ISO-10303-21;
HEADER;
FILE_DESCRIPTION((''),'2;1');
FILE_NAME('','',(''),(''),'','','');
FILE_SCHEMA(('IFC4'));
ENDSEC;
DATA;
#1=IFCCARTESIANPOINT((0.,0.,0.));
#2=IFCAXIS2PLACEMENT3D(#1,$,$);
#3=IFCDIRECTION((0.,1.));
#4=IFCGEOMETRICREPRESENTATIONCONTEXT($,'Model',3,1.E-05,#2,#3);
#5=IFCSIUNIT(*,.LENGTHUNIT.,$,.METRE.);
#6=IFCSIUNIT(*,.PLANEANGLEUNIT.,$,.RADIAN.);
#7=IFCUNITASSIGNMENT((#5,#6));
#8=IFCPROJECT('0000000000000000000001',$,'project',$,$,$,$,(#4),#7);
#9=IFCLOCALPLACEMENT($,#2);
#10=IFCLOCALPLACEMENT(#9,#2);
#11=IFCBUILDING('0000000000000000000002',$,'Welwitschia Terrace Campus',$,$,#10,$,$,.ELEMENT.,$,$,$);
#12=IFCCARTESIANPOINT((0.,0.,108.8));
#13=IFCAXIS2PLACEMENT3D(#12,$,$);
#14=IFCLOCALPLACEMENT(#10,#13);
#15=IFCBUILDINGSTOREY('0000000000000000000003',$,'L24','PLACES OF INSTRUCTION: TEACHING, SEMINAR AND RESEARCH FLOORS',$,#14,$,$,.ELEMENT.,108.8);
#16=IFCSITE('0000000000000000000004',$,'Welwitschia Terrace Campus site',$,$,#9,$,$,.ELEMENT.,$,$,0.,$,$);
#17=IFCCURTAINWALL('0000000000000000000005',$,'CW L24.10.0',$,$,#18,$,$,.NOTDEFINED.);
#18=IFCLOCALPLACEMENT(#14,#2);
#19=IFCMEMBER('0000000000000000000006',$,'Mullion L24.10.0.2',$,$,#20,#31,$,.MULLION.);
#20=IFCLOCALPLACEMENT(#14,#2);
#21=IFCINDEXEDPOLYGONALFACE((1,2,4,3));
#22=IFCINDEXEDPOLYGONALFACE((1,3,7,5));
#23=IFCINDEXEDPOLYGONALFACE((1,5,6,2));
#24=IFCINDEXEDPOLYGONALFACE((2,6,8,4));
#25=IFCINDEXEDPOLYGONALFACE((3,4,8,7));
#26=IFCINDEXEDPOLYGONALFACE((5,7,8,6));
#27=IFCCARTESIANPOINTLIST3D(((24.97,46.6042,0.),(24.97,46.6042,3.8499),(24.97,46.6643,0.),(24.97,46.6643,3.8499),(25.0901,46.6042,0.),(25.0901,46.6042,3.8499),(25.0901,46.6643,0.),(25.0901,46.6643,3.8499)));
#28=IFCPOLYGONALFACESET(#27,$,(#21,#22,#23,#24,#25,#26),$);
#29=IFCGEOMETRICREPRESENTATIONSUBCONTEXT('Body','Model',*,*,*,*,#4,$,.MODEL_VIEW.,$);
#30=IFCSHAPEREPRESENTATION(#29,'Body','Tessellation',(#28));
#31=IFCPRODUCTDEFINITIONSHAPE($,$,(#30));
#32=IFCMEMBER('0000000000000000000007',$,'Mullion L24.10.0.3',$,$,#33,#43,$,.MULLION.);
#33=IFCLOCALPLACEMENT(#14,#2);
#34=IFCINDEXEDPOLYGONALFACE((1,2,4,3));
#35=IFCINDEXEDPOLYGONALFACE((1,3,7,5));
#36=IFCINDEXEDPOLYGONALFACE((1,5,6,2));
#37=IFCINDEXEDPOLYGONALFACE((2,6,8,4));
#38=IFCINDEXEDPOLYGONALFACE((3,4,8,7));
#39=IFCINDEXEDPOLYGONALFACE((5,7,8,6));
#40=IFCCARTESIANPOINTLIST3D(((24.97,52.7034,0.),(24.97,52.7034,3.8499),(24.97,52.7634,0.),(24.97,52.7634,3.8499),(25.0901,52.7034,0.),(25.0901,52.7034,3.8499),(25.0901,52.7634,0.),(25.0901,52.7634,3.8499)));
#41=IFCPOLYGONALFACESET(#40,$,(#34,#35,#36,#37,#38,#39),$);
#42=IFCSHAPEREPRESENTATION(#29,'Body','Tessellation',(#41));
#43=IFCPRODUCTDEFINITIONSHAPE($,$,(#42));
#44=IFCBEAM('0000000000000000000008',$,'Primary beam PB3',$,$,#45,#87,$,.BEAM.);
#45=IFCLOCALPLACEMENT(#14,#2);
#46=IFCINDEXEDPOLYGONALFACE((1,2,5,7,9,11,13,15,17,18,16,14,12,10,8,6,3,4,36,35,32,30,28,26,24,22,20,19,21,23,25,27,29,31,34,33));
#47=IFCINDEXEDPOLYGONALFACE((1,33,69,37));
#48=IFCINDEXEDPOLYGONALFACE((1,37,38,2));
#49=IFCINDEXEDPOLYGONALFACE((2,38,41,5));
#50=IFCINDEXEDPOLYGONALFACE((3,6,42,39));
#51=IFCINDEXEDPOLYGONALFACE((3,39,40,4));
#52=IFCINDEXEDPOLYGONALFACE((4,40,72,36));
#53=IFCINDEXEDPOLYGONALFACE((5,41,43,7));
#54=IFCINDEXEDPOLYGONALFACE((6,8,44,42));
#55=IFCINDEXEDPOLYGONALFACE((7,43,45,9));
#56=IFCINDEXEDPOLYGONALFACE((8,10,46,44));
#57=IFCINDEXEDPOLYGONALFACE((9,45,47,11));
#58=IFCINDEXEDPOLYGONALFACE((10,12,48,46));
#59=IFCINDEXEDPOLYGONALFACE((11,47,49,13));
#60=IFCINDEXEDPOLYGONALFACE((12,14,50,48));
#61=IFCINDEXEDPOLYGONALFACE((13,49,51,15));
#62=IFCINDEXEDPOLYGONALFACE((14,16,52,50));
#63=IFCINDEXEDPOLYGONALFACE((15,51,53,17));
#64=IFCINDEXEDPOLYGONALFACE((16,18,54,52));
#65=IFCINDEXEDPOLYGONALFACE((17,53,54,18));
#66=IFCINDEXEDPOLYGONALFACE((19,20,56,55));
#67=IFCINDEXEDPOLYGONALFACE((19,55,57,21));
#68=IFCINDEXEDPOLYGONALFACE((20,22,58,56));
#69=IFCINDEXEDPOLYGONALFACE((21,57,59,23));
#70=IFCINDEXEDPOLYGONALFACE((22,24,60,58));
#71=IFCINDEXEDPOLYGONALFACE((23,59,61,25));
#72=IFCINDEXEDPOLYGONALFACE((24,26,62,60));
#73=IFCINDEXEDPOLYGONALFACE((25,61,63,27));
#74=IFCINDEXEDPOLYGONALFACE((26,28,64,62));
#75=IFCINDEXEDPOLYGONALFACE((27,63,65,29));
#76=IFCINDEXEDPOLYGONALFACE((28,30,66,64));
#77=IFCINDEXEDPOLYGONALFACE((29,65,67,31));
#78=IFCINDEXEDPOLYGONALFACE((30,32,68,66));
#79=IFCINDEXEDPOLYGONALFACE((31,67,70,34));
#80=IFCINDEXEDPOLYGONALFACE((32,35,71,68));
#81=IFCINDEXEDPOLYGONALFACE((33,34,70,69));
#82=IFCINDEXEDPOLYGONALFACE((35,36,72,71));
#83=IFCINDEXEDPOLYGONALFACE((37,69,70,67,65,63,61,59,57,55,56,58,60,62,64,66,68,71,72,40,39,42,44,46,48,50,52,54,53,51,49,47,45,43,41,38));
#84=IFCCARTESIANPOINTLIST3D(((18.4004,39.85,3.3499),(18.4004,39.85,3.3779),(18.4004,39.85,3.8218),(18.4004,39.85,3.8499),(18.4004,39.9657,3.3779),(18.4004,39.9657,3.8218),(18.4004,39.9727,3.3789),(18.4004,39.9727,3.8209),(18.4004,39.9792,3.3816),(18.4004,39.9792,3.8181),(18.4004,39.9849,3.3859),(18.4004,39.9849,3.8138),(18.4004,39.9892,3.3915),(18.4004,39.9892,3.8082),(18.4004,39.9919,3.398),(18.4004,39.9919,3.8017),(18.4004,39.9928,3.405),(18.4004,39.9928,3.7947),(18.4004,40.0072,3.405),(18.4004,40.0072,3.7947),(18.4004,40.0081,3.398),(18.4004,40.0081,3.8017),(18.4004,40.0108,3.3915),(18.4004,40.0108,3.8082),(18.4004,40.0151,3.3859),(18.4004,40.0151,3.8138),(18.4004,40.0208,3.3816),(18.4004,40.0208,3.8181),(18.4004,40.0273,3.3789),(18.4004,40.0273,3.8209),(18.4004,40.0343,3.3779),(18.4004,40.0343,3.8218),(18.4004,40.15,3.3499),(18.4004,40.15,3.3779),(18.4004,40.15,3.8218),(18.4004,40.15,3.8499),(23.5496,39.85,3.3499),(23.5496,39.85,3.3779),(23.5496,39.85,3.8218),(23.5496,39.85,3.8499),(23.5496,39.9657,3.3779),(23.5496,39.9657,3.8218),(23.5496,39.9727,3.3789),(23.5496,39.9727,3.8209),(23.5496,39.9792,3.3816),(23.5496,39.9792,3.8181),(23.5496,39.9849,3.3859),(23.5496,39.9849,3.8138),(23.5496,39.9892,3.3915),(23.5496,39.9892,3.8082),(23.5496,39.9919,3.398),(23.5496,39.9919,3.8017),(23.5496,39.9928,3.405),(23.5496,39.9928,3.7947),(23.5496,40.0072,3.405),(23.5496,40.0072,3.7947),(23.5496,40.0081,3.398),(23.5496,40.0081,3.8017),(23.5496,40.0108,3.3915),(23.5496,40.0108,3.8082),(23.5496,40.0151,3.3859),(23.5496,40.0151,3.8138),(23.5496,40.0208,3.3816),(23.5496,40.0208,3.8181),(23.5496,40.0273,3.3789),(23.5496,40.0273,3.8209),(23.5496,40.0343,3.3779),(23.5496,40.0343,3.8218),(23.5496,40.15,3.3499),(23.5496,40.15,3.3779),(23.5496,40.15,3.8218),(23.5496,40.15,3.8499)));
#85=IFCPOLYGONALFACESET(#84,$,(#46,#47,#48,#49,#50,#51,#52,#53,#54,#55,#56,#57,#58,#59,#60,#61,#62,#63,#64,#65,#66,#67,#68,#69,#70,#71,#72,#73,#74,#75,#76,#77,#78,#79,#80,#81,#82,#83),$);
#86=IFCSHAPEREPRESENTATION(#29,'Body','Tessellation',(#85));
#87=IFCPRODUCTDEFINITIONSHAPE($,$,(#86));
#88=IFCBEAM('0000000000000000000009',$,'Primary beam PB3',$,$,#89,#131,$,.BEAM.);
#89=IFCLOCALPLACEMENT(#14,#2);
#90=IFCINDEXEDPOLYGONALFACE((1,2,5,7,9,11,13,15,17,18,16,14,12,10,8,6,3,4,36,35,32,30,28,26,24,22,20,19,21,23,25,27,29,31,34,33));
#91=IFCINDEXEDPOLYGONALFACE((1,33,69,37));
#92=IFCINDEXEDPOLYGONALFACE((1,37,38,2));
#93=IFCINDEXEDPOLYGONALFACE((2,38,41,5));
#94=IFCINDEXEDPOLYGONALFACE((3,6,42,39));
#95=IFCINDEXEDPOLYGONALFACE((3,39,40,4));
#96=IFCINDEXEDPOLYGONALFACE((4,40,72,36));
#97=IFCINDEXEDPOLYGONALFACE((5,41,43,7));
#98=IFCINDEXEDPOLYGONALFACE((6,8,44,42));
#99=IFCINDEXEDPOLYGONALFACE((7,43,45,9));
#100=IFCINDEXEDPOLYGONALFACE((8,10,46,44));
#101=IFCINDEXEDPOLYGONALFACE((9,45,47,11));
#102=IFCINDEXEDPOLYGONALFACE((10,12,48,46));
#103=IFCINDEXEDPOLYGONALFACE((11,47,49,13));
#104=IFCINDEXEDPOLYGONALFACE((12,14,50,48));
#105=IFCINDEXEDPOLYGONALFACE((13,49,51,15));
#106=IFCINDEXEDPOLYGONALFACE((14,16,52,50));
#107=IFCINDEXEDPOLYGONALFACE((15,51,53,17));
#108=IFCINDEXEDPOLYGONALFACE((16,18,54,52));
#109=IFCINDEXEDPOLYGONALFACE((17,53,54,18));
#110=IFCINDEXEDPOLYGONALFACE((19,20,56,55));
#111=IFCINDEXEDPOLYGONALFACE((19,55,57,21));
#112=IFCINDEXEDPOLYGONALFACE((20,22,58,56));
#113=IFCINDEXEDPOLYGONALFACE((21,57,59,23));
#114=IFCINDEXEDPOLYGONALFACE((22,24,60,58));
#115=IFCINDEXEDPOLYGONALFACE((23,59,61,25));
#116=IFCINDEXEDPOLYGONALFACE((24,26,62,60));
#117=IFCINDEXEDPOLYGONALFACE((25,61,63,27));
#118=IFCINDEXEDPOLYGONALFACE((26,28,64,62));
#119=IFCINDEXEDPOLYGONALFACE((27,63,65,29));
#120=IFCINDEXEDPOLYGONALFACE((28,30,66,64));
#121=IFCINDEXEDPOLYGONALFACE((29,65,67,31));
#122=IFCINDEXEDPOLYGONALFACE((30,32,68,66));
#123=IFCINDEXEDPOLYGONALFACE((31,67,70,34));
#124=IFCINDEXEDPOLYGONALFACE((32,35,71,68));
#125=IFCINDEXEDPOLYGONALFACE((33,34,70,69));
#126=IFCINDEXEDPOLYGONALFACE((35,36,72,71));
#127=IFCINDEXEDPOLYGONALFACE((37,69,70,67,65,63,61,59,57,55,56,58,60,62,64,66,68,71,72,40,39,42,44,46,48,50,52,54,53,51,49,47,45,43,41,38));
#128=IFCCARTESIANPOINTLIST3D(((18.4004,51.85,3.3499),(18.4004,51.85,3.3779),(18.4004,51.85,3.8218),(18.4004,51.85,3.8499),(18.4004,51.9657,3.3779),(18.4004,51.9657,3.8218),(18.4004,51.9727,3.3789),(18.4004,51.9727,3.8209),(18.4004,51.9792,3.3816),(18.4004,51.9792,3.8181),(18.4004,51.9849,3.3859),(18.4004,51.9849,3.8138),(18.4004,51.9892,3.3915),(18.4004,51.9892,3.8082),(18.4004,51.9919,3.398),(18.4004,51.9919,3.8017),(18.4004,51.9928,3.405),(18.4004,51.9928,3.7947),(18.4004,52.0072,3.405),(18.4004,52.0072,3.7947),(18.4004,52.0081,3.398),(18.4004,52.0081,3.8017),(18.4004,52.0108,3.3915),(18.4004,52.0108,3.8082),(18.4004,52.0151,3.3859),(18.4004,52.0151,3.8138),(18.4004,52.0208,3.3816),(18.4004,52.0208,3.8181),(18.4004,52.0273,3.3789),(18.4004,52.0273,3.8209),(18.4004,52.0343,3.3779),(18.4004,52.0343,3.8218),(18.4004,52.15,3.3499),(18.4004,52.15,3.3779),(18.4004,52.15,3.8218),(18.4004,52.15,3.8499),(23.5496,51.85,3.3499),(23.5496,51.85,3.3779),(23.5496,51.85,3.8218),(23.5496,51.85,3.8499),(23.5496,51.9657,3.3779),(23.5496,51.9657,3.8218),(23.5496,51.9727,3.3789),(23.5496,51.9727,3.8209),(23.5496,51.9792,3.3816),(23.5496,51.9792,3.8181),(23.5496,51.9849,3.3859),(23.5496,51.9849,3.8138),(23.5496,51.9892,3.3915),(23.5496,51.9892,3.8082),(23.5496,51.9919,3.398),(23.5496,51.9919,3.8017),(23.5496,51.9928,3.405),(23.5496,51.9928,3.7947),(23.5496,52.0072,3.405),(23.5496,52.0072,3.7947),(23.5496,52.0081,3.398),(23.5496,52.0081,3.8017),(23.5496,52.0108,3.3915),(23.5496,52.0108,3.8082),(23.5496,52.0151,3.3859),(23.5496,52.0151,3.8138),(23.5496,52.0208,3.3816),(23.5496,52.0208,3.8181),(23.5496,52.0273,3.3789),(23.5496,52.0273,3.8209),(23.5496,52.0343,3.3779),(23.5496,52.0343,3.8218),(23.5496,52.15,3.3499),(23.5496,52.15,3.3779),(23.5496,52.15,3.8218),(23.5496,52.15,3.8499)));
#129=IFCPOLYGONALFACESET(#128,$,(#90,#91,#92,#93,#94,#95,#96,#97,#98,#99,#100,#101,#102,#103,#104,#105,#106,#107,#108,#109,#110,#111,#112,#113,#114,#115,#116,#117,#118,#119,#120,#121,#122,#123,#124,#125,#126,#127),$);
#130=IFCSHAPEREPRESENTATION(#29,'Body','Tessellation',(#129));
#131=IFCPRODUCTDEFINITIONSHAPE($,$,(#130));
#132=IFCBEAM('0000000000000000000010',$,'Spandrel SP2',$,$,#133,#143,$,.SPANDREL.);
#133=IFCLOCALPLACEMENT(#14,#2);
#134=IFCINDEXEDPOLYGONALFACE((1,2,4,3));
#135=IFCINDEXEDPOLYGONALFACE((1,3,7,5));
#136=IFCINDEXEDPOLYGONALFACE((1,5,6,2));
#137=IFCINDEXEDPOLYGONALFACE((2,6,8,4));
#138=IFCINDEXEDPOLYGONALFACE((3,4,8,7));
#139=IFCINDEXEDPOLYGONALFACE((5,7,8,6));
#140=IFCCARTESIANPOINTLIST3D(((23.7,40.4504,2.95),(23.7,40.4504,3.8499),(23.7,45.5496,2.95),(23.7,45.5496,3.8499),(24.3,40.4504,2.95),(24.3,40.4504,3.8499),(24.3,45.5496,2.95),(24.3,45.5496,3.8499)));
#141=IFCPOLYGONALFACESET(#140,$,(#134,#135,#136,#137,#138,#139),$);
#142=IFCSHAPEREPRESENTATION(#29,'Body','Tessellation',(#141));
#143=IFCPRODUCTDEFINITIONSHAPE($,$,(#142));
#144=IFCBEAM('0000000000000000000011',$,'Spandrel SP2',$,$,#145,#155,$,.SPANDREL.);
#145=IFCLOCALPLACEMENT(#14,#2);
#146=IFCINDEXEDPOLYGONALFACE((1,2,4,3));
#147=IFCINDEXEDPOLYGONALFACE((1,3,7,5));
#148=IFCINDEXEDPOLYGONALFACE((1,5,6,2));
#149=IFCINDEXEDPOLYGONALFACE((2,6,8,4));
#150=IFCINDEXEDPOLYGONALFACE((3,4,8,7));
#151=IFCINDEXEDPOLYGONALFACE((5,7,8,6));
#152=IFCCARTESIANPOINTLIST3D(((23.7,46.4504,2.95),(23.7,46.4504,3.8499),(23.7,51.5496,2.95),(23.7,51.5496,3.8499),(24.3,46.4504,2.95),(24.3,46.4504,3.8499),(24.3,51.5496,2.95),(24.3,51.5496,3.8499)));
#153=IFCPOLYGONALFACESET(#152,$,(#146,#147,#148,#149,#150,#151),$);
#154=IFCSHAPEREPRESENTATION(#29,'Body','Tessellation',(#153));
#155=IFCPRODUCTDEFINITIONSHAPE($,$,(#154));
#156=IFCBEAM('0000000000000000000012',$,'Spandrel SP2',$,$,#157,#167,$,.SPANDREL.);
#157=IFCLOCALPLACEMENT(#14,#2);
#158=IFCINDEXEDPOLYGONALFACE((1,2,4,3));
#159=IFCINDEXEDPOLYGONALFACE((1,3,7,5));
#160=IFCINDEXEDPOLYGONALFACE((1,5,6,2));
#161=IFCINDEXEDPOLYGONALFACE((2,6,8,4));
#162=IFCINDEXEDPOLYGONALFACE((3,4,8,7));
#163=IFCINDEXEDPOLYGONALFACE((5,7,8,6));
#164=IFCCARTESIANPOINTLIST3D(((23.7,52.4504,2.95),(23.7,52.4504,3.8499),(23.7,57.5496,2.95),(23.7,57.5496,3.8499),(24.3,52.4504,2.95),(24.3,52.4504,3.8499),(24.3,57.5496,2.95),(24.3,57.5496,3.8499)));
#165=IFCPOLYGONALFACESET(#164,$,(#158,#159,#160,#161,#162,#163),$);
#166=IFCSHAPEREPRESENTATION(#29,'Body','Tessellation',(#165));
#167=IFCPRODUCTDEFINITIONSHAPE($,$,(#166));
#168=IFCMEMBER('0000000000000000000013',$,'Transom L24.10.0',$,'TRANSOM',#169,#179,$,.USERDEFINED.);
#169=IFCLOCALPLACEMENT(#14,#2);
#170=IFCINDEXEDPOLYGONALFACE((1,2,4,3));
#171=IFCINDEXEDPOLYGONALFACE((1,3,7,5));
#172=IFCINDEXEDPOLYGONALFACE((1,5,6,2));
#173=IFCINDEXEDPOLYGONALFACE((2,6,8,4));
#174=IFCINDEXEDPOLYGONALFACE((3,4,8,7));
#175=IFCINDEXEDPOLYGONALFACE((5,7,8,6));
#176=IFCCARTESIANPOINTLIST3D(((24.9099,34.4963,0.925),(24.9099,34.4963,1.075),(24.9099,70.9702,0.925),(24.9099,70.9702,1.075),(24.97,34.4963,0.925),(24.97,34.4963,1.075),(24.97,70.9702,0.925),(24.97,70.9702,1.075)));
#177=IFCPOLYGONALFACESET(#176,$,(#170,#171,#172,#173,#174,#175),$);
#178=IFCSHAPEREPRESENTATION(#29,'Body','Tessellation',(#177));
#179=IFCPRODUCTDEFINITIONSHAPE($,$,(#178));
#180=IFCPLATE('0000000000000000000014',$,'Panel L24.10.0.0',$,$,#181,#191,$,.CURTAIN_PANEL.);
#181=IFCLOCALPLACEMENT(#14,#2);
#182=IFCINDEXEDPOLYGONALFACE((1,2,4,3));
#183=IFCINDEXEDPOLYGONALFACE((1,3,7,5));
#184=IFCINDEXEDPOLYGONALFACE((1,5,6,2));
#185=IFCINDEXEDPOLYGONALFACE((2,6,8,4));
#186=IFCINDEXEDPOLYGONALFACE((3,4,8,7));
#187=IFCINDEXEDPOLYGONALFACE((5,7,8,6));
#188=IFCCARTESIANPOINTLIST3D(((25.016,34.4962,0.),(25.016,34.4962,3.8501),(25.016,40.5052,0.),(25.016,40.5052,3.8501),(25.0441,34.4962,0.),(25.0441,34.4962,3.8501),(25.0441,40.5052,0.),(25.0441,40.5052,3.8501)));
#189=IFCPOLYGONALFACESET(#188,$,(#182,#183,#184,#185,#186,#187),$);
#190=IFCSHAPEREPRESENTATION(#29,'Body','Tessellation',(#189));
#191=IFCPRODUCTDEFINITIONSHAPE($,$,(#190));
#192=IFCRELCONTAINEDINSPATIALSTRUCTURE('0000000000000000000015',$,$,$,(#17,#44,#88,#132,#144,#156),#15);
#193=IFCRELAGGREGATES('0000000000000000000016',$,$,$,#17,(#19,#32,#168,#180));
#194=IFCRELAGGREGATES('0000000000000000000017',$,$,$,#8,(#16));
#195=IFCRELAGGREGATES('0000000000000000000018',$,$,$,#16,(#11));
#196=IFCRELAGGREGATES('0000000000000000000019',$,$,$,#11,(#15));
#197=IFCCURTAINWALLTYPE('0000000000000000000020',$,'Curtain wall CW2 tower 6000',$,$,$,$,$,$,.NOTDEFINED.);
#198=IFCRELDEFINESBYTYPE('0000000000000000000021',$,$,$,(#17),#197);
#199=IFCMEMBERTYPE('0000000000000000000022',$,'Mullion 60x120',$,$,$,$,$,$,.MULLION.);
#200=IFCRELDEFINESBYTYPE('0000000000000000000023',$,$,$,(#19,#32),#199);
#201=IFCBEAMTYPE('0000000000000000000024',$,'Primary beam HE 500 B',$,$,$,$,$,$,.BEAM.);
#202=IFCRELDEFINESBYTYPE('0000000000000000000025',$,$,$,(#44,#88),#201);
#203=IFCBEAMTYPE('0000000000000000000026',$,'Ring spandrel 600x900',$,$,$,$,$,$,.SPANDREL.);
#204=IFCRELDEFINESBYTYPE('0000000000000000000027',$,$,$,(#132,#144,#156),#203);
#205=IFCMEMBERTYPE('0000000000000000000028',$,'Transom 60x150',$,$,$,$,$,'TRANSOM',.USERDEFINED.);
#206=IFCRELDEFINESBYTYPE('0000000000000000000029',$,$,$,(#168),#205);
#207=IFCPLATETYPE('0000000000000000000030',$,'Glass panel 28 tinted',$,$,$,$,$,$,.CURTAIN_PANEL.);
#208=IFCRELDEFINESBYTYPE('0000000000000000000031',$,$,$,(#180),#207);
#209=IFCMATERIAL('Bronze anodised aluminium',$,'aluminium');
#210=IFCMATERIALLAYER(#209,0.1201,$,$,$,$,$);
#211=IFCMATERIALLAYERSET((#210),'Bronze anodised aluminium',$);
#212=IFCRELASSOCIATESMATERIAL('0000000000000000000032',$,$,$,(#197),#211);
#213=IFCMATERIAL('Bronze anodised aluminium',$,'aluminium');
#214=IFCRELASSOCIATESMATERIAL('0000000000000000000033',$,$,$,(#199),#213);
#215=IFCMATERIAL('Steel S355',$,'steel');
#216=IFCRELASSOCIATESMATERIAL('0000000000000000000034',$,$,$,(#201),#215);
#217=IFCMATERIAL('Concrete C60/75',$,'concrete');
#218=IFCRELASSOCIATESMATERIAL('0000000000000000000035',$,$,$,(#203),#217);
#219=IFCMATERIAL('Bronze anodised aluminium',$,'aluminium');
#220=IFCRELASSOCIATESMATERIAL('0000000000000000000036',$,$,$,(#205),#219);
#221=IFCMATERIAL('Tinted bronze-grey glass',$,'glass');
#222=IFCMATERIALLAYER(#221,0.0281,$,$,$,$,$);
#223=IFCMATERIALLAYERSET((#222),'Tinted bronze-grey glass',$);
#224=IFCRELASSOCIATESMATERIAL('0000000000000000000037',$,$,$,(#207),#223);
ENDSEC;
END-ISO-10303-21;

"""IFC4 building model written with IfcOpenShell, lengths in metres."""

from ifc_helpers import new_model, si_unit, direction, frame, origin, origin_2d, place, context, subcontext, project, spatial, rectangle, i_section, extrude, material, layer, layer_set, material_profile, profile_set, type_object, element, aggregate, save


model = new_model("IFC4")

# Units and contexts
model_context = context("Model", 3, precision=1e-05, world=origin(), true_north=direction((0.0, 1.0)))
body_context = subcontext(model_context, "Body", "Model", "MODEL_VIEW")
ifc_project = project(units=[si_unit("LENGTHUNIT", "METRE"), si_unit("PLANEANGLEUNIT", "RADIAN")], contexts=[model_context])

# Site, building, storey
site_placement = place(None, origin())
site = spatial("IfcSite", under=ifc_project, at=site_placement, Name="Welwitschia Terrace Campus site", CompositionType="ELEMENT", RefElevation=0.0)
building_placement = place(site_placement, origin())
building = spatial("IfcBuilding", under=site, at=building_placement, Name="Welwitschia Terrace Campus", CompositionType="ELEMENT")
storey_placement = place(building_placement, frame((0.0, 0.0, 108.8)))
storey = spatial("IfcBuildingStorey", under=building, at=storey_placement, Name="L24", Description="PLACES OF INSTRUCTION: TEACHING, SEMINAR AND RESEARCH FLOORS", CompositionType="ELEMENT", Elevation=108.8)

# Shared definitions
ifc_material_1 = material(Name="Bronze anodised aluminium", Category="aluminium")
ifc_layer_1 = layer(ifc_material_1, 0.1201)
ifc_layer_set_1 = layer_set([ifc_layer_1], Name="Bronze anodised aluminium")
curtain_wall_type = type_object("IfcCurtainWallType", Name="Curtain wall CW2 tower 6000", PredefinedType="NOTDEFINED", material=ifc_layer_set_1)
ifc_material_2 = material(Name="Bronze anodised aluminium", Category="aluminium")
ifc_material_profile_1 = material_profile(ifc_material_2, rectangle(XDim=0.1201, YDim=0.0601, at=origin_2d()))
ifc_profile_set_1 = profile_set([ifc_material_profile_1], Name="Bronze anodised aluminium")
member_type_1 = type_object("IfcMemberType", Name="Mullion 60x120", PredefinedType="MULLION", material=ifc_profile_set_1)

# Curtain wall, members
curtain_wall_1_placement = place(storey_placement, origin())
curtain_wall_1 = element("IfcCurtainWall", 1, at=curtain_wall_1_placement, inside=storey, type_object=curtain_wall_type, Name="CW L24.10.0", PredefinedType="NOTDEFINED")
member_1_placement = place(storey_placement, frame((25.03, 46.6343, 0.0), z_axis=(0.0, 0.0, 1.0), x_axis=(-1.0, 0.0, 0.0)))
member_1 = element("IfcMember", 2, at=member_1_placement, type_object=member_type_1, Name="Mullion L24.10.0.2", PredefinedType="MULLION", context=body_context, shape_type="SweptSolid", body=[
    extrude(rectangle(XDim=0.1201, YDim=0.0601, at=origin_2d()), origin(), (0.0, 0.0, 1.0), 3.8499),
])
member_2_placement = place(storey_placement, frame((25.03, 52.7334, 0.0), z_axis=(0.0, 0.0, 1.0), x_axis=(-1.0, 0.0, 0.0)))
member_2 = element("IfcMember", 3, at=member_2_placement, type_object=member_type_1, Name="Mullion L24.10.0.3", PredefinedType="MULLION", context=body_context, shape_type="SweptSolid", body=[
    extrude(rectangle(XDim=0.1201, YDim=0.0601, at=origin_2d()), origin(), (0.0, 0.0, 1.0), 3.8499),
])

# Beams
ifc_material_3 = material(Name="Steel S355", Category="steel")
ifc_material_profile_2 = material_profile(ifc_material_3, i_section(OverallWidth=0.3, OverallDepth=0.5, WebThickness=0.0144, FlangeThickness=0.0281, FilletRadius=0.0271, at=origin_2d()))
ifc_profile_set_2 = profile_set([ifc_material_profile_2], Name="Steel S355")
beam_type_1 = type_object("IfcBeamType", Name="Primary beam HE 500 B", PredefinedType="BEAM", material=ifc_profile_set_2)
for number, where, z_axis, x_axis, name in (
    (4, (23.5496, 40.0, 3.5999), (-1.0, 0.0, 0.0), (0.0, -1.0, 0.0), "Primary beam PB3"),
    (5, (23.5496, 52.0, 3.5999), (-1.0, 0.0, 0.0), (0.0, -1.0, 0.0), "Primary beam PB3"),
):
    element("IfcBeam", number, at=place(storey_placement, frame(where, z_axis=z_axis, x_axis=x_axis)), inside=storey, type_object=beam_type_1, Name=name, PredefinedType="BEAM", context=body_context, shape_type="SweptSolid", body=[
        extrude(i_section(OverallWidth=0.3, OverallDepth=0.5, WebThickness=0.0144, FlangeThickness=0.0281, FilletRadius=0.0271, at=origin_2d()), origin(), (0.0, 0.0, 1.0), 5.1492),
    ])
ifc_material_4 = material(Name="Concrete C60/75", Category="concrete")
ifc_material_profile_3 = material_profile(ifc_material_4, rectangle(XDim=0.6001, YDim=0.8999, at=origin_2d()))
ifc_profile_set_3 = profile_set([ifc_material_profile_3], Name="Concrete C60/75")
beam_type_2 = type_object("IfcBeamType", Name="Ring spandrel 600x900", PredefinedType="SPANDREL", material=ifc_profile_set_3)
for number, where, z_axis, x_axis, name in (
    (6, (24.0, 40.4504, 3.3999), (0.0, 1.0, 0.0), (-1.0, 0.0, 0.0), "Spandrel SP2"),
    (7, (24.0, 46.4504, 3.3999), (0.0, 1.0, 0.0), (-1.0, 0.0, 0.0), "Spandrel SP2"),
    (8, (24.0, 52.4504, 3.3999), (0.0, 1.0, 0.0), (-1.0, 0.0, 0.0), "Spandrel SP2"),
):
    element("IfcBeam", number, at=place(storey_placement, frame(where, z_axis=z_axis, x_axis=x_axis)), inside=storey, type_object=beam_type_2, Name=name, PredefinedType="SPANDREL", context=body_context, shape_type="SweptSolid", body=[
        extrude(rectangle(XDim=0.6001, YDim=0.8999, at=origin_2d()), origin(), (0.0, 0.0, 1.0), 5.0991),
    ])

# Member
ifc_material_5 = material(Name="Bronze anodised aluminium", Category="aluminium")
ifc_material_profile_4 = material_profile(ifc_material_5, rectangle(XDim=0.0601, YDim=0.1499, at=origin_2d()))
ifc_profile_set_4 = profile_set([ifc_material_profile_4], Name="Bronze anodised aluminium")
member_type_2 = type_object("IfcMemberType", Name="Transom 60x150", ElementType="TRANSOM", PredefinedType="USERDEFINED", material=ifc_profile_set_4)
member_3_placement = place(storey_placement, frame((24.9399, 34.4963, 1.0), z_axis=(0.0, 1.0, 0.0), x_axis=(-1.0, 0.0, 0.0)))
member_3 = element("IfcMember", 9, at=member_3_placement, type_object=member_type_2, Name="Transom L24.10.0", ObjectType="TRANSOM", PredefinedType="USERDEFINED", context=body_context, shape_type="SweptSolid", body=[
    extrude(rectangle(XDim=0.0601, YDim=0.1499, at=origin_2d()), origin(), (0.0, 0.0, 1.0), 36.4739),
])

# Plate
ifc_material_6 = material(Name="Tinted bronze-grey glass", Category="glass")
ifc_layer_2 = layer(ifc_material_6, 0.0281)
ifc_layer_set_2 = layer_set([ifc_layer_2], Name="Tinted bronze-grey glass")
plate_type = type_object("IfcPlateType", Name="Glass panel 28 tinted", PredefinedType="CURTAIN_PANEL", material=ifc_layer_set_2)
plate_1_placement = place(storey_placement, frame((25.03, 37.5007, 0.0), z_axis=(0.0, 0.0, 1.0), x_axis=(0.0, 1.0, 0.0)))
plate_1 = element("IfcPlate", 10, at=plate_1_placement, type_object=plate_type, Name="Panel L24.10.0.0", PredefinedType="CURTAIN_PANEL", context=body_context, shape_type="SweptSolid", body=[
    extrude(rectangle(XDim=6.009, YDim=0.0281, at=origin_2d()), origin(), (0.0, 0.0, 1.0), 3.8501),
])
aggregate(curtain_wall_1, [member_1, member_2, member_3, plate_1])

save(model, "model.ifc")
